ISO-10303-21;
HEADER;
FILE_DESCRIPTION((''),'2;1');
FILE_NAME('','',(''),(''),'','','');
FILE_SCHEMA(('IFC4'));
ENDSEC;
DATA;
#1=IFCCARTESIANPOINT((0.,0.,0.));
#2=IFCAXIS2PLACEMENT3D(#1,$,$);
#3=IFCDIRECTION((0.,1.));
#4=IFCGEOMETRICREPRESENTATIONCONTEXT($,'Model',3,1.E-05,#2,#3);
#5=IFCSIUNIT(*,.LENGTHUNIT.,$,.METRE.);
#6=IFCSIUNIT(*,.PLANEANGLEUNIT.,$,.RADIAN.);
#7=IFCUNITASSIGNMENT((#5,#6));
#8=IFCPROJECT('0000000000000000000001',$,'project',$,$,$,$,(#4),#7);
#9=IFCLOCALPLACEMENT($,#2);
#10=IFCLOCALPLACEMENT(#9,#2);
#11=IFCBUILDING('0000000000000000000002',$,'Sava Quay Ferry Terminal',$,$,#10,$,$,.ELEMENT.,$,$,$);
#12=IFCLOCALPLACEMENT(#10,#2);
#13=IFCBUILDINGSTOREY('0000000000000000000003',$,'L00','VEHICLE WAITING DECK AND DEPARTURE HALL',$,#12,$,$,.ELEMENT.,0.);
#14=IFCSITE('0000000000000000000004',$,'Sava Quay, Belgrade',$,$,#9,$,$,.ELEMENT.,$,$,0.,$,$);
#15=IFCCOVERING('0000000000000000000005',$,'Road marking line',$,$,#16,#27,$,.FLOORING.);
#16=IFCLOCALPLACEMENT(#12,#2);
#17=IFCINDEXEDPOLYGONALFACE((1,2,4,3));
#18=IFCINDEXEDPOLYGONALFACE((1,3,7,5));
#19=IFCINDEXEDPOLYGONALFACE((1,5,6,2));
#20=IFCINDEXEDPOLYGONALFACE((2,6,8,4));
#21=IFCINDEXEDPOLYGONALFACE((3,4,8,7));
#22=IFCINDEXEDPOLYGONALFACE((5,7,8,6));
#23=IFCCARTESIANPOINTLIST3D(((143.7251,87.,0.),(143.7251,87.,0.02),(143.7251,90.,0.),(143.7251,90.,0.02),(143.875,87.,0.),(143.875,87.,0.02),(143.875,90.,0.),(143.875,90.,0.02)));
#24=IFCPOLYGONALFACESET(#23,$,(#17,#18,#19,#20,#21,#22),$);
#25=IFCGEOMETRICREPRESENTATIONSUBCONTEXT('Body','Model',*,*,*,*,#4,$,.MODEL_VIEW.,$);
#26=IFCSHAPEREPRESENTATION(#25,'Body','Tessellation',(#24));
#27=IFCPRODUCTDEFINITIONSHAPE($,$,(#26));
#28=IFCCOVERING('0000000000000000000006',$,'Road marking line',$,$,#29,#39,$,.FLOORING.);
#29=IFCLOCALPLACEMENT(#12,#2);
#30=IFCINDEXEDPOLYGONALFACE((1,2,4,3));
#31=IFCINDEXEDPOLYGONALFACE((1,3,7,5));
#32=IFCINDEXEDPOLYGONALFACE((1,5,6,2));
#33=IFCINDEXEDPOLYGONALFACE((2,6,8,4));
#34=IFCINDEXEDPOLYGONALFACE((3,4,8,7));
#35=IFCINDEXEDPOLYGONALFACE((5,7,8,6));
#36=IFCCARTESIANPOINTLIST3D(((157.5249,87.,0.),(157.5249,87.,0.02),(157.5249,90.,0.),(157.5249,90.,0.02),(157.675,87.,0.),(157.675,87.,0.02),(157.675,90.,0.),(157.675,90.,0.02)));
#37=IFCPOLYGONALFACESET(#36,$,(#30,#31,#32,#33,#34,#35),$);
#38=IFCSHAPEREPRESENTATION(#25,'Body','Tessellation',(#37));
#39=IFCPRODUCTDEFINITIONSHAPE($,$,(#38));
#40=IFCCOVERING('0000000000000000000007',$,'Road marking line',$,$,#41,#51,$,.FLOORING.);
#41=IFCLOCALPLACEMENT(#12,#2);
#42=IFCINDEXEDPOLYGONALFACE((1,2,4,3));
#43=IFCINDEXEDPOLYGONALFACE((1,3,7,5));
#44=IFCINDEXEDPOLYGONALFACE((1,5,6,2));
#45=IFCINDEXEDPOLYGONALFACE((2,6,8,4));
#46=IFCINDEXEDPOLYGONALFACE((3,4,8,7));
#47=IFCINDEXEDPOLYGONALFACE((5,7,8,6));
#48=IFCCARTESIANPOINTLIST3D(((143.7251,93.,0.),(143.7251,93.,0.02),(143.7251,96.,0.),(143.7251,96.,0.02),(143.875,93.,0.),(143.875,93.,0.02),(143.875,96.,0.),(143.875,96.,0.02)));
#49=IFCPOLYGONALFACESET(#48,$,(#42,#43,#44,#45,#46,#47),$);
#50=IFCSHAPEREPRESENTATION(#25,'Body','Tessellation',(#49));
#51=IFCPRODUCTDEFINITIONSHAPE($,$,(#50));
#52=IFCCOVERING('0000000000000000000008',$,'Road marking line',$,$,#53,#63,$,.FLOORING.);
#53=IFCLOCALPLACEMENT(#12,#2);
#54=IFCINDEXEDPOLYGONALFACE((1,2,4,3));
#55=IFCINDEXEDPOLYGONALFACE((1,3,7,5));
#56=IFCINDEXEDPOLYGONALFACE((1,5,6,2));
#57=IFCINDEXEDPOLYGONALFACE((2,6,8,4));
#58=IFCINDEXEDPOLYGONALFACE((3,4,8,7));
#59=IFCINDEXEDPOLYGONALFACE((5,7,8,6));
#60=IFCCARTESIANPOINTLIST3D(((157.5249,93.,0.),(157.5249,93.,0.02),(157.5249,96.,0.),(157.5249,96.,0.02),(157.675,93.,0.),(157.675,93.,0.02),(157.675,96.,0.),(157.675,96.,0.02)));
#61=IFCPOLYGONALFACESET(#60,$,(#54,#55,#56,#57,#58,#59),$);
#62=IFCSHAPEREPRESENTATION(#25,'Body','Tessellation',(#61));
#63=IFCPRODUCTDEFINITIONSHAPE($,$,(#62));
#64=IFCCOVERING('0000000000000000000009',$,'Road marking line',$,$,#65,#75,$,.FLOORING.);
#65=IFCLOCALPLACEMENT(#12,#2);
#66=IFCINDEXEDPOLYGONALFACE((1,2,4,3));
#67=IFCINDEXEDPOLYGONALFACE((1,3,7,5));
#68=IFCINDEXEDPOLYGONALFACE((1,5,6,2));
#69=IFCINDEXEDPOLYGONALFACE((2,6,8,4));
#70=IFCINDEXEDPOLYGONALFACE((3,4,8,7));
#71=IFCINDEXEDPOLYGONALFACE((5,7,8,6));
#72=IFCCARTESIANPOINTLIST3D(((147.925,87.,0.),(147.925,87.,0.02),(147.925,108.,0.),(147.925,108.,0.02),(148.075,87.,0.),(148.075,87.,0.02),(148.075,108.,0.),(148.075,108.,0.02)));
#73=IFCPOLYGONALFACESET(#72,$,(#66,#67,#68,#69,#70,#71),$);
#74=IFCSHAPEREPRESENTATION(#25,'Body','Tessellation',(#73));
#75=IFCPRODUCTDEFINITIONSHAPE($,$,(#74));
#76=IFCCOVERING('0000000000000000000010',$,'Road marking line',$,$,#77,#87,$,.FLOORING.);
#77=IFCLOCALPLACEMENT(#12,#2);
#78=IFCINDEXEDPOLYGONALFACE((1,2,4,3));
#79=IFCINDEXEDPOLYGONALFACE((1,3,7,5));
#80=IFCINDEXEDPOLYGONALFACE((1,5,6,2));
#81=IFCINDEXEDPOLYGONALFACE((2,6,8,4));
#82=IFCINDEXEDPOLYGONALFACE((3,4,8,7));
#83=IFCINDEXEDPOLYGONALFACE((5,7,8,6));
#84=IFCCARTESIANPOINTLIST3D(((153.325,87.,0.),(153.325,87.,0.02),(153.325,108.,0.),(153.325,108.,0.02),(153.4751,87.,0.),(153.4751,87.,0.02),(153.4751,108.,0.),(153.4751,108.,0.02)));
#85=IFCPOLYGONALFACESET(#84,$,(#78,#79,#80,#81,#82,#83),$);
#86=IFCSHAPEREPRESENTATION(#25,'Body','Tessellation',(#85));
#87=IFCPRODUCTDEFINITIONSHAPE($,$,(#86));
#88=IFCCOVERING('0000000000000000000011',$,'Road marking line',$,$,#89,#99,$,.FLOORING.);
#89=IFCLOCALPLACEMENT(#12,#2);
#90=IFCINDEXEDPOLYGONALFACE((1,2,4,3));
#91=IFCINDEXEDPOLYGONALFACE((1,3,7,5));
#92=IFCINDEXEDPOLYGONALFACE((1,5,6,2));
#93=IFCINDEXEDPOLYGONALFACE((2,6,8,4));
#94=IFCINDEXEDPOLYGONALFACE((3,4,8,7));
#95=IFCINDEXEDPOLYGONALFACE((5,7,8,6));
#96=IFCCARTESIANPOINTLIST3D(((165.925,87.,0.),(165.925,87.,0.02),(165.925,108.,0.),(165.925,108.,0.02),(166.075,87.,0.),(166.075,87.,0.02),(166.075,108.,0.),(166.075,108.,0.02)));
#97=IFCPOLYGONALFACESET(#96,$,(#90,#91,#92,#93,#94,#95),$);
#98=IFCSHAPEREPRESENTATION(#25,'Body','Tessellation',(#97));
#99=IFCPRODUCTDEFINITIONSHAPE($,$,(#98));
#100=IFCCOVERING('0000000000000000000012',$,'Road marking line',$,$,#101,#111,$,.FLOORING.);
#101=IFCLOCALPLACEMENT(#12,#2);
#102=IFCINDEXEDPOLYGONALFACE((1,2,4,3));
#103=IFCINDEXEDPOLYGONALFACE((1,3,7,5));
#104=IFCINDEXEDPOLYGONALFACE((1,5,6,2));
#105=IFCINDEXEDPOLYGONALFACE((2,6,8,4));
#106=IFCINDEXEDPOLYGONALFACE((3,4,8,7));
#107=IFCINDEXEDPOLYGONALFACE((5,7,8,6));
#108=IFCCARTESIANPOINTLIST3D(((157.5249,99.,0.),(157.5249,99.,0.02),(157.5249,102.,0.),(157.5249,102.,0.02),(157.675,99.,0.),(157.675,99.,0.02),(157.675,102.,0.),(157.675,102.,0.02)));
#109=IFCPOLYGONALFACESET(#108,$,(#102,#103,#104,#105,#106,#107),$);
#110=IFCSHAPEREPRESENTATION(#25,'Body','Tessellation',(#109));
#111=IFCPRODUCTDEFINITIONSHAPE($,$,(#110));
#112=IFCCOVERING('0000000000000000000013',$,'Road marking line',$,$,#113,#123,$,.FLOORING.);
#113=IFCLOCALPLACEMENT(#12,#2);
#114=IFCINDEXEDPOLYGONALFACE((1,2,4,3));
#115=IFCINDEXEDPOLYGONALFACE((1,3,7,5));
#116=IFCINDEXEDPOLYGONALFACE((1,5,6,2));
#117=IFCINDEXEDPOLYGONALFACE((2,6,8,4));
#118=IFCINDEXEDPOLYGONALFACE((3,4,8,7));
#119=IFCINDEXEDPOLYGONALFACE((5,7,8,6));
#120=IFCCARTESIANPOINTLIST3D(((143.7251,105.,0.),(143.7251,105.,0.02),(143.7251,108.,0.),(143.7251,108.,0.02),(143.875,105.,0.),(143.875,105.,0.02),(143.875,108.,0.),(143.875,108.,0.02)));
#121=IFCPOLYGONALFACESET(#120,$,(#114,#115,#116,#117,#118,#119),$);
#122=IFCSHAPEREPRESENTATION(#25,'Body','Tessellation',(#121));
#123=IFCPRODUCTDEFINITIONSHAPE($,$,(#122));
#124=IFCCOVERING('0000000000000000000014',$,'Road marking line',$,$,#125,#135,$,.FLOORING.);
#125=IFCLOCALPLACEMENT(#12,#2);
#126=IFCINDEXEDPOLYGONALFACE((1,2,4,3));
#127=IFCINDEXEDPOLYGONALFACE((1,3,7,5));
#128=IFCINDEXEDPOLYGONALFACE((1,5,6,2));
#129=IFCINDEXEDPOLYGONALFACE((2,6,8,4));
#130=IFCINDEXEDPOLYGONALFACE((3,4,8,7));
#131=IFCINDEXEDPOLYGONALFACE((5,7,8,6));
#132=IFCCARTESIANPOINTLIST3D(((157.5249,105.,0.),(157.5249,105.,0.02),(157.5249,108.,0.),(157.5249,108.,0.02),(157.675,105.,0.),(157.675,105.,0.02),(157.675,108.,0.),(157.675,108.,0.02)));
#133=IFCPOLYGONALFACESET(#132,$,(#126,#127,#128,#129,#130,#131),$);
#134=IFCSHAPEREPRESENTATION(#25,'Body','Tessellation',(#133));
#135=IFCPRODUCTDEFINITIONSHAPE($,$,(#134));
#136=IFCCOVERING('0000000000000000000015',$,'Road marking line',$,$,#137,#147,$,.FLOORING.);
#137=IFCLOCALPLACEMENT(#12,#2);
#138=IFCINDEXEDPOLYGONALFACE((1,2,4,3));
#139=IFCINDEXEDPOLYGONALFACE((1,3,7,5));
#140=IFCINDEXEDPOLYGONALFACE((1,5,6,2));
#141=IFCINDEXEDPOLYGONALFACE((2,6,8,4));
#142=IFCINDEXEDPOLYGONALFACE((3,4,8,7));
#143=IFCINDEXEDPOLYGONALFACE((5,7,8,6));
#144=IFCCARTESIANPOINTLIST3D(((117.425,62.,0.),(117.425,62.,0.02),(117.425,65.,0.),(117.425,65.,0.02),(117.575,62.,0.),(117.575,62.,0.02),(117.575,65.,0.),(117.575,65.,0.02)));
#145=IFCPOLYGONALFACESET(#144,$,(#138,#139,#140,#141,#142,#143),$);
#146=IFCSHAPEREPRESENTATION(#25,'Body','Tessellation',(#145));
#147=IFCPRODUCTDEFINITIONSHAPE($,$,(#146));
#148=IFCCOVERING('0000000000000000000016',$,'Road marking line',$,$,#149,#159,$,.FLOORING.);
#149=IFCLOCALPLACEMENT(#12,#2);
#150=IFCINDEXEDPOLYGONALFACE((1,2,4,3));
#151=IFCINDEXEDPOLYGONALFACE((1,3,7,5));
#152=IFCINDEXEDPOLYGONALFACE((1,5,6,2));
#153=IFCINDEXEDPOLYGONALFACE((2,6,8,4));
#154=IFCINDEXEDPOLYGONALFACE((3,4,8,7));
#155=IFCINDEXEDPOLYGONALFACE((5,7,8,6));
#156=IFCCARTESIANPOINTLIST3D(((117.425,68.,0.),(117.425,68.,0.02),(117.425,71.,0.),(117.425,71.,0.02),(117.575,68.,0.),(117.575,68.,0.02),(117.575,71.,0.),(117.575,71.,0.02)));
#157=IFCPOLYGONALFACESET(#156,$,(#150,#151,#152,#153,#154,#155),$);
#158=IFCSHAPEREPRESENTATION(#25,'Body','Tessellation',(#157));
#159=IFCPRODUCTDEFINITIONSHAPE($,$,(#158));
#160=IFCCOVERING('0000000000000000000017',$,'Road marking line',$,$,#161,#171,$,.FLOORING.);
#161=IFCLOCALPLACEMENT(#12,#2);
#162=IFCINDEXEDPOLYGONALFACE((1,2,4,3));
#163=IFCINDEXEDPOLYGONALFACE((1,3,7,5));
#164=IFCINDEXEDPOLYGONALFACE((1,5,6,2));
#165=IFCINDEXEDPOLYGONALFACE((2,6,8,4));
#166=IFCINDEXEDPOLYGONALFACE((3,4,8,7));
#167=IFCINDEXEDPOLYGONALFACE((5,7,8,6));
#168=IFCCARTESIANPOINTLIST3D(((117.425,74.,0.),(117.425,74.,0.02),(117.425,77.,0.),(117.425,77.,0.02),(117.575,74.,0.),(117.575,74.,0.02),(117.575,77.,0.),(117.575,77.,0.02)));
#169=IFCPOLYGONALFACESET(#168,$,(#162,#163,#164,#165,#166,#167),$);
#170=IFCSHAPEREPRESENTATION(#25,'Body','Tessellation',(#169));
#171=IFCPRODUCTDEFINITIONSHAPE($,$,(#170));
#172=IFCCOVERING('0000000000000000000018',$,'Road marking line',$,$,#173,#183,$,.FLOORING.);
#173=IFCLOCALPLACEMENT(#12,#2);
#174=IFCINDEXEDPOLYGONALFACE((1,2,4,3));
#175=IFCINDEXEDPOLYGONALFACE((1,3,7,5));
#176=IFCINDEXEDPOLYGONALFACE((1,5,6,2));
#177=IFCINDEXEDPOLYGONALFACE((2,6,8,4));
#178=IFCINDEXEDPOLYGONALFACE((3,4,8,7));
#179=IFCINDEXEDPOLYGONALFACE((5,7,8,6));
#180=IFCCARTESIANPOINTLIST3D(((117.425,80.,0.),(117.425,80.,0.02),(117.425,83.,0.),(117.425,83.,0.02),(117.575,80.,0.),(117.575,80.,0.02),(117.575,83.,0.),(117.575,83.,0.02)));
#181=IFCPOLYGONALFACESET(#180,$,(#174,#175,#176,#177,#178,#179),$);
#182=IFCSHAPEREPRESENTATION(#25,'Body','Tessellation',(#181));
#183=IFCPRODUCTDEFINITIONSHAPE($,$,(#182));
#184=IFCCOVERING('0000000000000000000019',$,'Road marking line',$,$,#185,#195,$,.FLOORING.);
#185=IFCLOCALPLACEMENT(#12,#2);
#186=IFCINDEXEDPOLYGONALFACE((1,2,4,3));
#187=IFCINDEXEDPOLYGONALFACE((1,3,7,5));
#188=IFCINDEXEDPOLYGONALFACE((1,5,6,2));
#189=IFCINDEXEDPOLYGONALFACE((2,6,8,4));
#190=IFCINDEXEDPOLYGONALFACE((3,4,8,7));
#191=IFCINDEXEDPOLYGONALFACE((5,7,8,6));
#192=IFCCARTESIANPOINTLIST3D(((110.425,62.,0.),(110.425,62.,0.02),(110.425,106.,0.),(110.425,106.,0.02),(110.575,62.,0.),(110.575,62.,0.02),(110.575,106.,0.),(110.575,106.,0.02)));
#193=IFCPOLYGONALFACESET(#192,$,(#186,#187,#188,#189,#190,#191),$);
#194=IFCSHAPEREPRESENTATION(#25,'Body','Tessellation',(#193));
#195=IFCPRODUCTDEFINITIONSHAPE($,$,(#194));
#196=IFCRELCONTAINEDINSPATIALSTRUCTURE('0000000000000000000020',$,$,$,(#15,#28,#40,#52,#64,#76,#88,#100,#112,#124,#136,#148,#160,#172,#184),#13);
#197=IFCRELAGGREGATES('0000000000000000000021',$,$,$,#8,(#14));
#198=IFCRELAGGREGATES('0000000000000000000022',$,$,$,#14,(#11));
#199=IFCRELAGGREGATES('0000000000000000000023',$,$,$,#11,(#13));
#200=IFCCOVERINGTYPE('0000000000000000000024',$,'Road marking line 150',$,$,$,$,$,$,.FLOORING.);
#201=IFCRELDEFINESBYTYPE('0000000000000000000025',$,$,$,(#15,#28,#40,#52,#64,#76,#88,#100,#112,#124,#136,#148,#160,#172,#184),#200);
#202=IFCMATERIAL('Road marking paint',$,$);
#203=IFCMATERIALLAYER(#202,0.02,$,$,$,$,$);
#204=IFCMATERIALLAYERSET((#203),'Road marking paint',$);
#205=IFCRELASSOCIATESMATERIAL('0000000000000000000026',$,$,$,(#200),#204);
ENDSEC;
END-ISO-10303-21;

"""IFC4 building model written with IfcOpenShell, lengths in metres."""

from ifc_helpers import new_model, si_unit, direction, origin, place, context, subcontext, project, spatial, polyline, outline, extrude, material, layer, layer_set, type_object, element, save


model = new_model("IFC4")

# Units and contexts
model_context = context("Model", 3, precision=1e-05, world=origin(), true_north=direction((0.0, 1.0)))
body_context = subcontext(model_context, "Body", "Model", "MODEL_VIEW")
ifc_project = project(units=[si_unit("LENGTHUNIT", "METRE"), si_unit("PLANEANGLEUNIT", "RADIAN")], contexts=[model_context])

# Site, building, storey
site_placement = place(None, origin())
site = spatial("IfcSite", under=ifc_project, at=site_placement, Name="Sava Quay, Belgrade", CompositionType="ELEMENT", RefElevation=0.0)
building_placement = place(site_placement, origin())
building = spatial("IfcBuilding", under=site, at=building_placement, Name="Sava Quay Ferry Terminal", CompositionType="ELEMENT")
storey_placement = place(building_placement, origin())
storey = spatial("IfcBuildingStorey", under=building, at=storey_placement, Name="L00", Description="VEHICLE WAITING DECK AND DEPARTURE HALL", CompositionType="ELEMENT", Elevation=0.0)

# Coverings
ifc_material_1 = material(Name="Road marking paint")
ifc_layer_1 = layer(ifc_material_1, 0.02)
ifc_layer_set_1 = layer_set([ifc_layer_1], Name="Road marking paint")
covering_type_1 = type_object("IfcCoveringType", Name="Road marking line 150", PredefinedType="FLOORING", material=ifc_layer_set_1)
covering_1_placement = place(storey_placement, origin())
element("IfcCovering", 1, at=covering_1_placement, inside=storey, type_object=covering_type_1, Name="Road marking line", PredefinedType="FLOORING", context=body_context, shape_type="SweptSolid", body=[
    extrude(outline(polyline([(143.875, 87.0), (143.875, 90.0), (143.7251, 90.0), (143.7251, 87.0), (143.875, 87.0)])), origin(), (0.0, 0.0, 1.0), 0.02),
])
covering_2_placement = place(storey_placement, origin())
element("IfcCovering", 2, at=covering_2_placement, inside=storey, type_object=covering_type_1, Name="Road marking line", PredefinedType="FLOORING", context=body_context, shape_type="SweptSolid", body=[
    extrude(outline(polyline([(157.5249, 87.0), (157.675, 87.0), (157.675, 90.0), (157.5249, 90.0), (157.5249, 87.0)])), origin(), (0.0, 0.0, 1.0), 0.02),
])
covering_3_placement = place(storey_placement, origin())
element("IfcCovering", 3, at=covering_3_placement, inside=storey, type_object=covering_type_1, Name="Road marking line", PredefinedType="FLOORING", context=body_context, shape_type="SweptSolid", body=[
    extrude(outline(polyline([(143.7251, 93.0), (143.875, 93.0), (143.875, 96.0), (143.7251, 96.0), (143.7251, 93.0)])), origin(), (0.0, 0.0, 1.0), 0.02),
])
covering_4_placement = place(storey_placement, origin())
element("IfcCovering", 4, at=covering_4_placement, inside=storey, type_object=covering_type_1, Name="Road marking line", PredefinedType="FLOORING", context=body_context, shape_type="SweptSolid", body=[
    extrude(outline(polyline([(157.5249, 93.0), (157.675, 93.0), (157.675, 96.0), (157.5249, 96.0), (157.5249, 93.0)])), origin(), (0.0, 0.0, 1.0), 0.02),
])
covering_5_placement = place(storey_placement, origin())
element("IfcCovering", 5, at=covering_5_placement, inside=storey, type_object=covering_type_1, Name="Road marking line", PredefinedType="FLOORING", context=body_context, shape_type="SweptSolid", body=[
    extrude(outline(polyline([(148.075, 108.0), (147.925, 108.0), (147.925, 87.0), (148.075, 87.0), (148.075, 108.0)])), origin(), (0.0, 0.0, 1.0), 0.02),
])
covering_6_placement = place(storey_placement, origin())
element("IfcCovering", 6, at=covering_6_placement, inside=storey, type_object=covering_type_1, Name="Road marking line", PredefinedType="FLOORING", context=body_context, shape_type="SweptSolid", body=[
    extrude(outline(polyline([(153.325, 108.0), (153.325, 87.0), (153.4751, 87.0), (153.4751, 108.0), (153.325, 108.0)])), origin(), (0.0, 0.0, 1.0), 0.02),
])
covering_7_placement = place(storey_placement, origin())
element("IfcCovering", 7, at=covering_7_placement, inside=storey, type_object=covering_type_1, Name="Road marking line", PredefinedType="FLOORING", context=body_context, shape_type="SweptSolid", body=[
    extrude(outline(polyline([(166.075, 108.0), (165.925, 108.0), (165.925, 87.0), (166.075, 87.0), (166.075, 108.0)])), origin(), (0.0, 0.0, 1.0), 0.02),
])
covering_8_placement = place(storey_placement, origin())
element("IfcCovering", 8, at=covering_8_placement, inside=storey, type_object=covering_type_1, Name="Road marking line", PredefinedType="FLOORING", context=body_context, shape_type="SweptSolid", body=[
    extrude(outline(polyline([(157.5249, 99.0), (157.675, 99.0), (157.675, 102.0), (157.5249, 102.0), (157.5249, 99.0)])), origin(), (0.0, 0.0, 1.0), 0.02),
])
covering_9_placement = place(storey_placement, origin())
element("IfcCovering", 9, at=covering_9_placement, inside=storey, type_object=covering_type_1, Name="Road marking line", PredefinedType="FLOORING", context=body_context, shape_type="SweptSolid", body=[
    extrude(outline(polyline([(143.7251, 105.0), (143.875, 105.0), (143.875, 108.0), (143.7251, 108.0), (143.7251, 105.0)])), origin(), (0.0, 0.0, 1.0), 0.02),
])
covering_10_placement = place(storey_placement, origin())
element("IfcCovering", 10, at=covering_10_placement, inside=storey, type_object=covering_type_1, Name="Road marking line", PredefinedType="FLOORING", context=body_context, shape_type="SweptSolid", body=[
    extrude(outline(polyline([(157.5249, 105.0), (157.675, 105.0), (157.675, 108.0), (157.5249, 108.0), (157.5249, 105.0)])), origin(), (0.0, 0.0, 1.0), 0.02),
])
covering_11_placement = place(storey_placement, origin())
element("IfcCovering", 11, at=covering_11_placement, inside=storey, type_object=covering_type_1, Name="Road marking line", PredefinedType="FLOORING", context=body_context, shape_type="SweptSolid", body=[
    extrude(outline(polyline([(117.575, 65.0), (117.425, 65.0), (117.425, 62.0), (117.575, 62.0), (117.575, 65.0)])), origin(), (0.0, 0.0, 1.0), 0.02),
])
covering_12_placement = place(storey_placement, origin())
element("IfcCovering", 12, at=covering_12_placement, inside=storey, type_object=covering_type_1, Name="Road marking line", PredefinedType="FLOORING", context=body_context, shape_type="SweptSolid", body=[
    extrude(outline(polyline([(117.575, 68.0), (117.575, 71.0), (117.425, 71.0), (117.425, 68.0), (117.575, 68.0)])), origin(), (0.0, 0.0, 1.0), 0.02),
])
covering_13_placement = place(storey_placement, origin())
element("IfcCovering", 13, at=covering_13_placement, inside=storey, type_object=covering_type_1, Name="Road marking line", PredefinedType="FLOORING", context=body_context, shape_type="SweptSolid", body=[
    extrude(outline(polyline([(117.575, 74.0), (117.575, 77.0), (117.425, 77.0), (117.425, 74.0), (117.575, 74.0)])), origin(), (0.0, 0.0, 1.0), 0.02),
])
covering_14_placement = place(storey_placement, origin())
element("IfcCovering", 14, at=covering_14_placement, inside=storey, type_object=covering_type_1, Name="Road marking line", PredefinedType="FLOORING", context=body_context, shape_type="SweptSolid", body=[
    extrude(outline(polyline([(117.575, 80.0), (117.575, 83.0), (117.425, 83.0), (117.425, 80.0), (117.575, 80.0)])), origin(), (0.0, 0.0, 1.0), 0.02),
])
covering_15_placement = place(storey_placement, origin())
element("IfcCovering", 15, at=covering_15_placement, inside=storey, type_object=covering_type_1, Name="Road marking line", PredefinedType="FLOORING", context=body_context, shape_type="SweptSolid", body=[
    extrude(outline(polyline([(110.425, 62.0), (110.575, 62.0), (110.575, 106.0), (110.425, 106.0), (110.425, 62.0)])), origin(), (0.0, 0.0, 1.0), 0.02),
])

save(model, "model.ifc")
